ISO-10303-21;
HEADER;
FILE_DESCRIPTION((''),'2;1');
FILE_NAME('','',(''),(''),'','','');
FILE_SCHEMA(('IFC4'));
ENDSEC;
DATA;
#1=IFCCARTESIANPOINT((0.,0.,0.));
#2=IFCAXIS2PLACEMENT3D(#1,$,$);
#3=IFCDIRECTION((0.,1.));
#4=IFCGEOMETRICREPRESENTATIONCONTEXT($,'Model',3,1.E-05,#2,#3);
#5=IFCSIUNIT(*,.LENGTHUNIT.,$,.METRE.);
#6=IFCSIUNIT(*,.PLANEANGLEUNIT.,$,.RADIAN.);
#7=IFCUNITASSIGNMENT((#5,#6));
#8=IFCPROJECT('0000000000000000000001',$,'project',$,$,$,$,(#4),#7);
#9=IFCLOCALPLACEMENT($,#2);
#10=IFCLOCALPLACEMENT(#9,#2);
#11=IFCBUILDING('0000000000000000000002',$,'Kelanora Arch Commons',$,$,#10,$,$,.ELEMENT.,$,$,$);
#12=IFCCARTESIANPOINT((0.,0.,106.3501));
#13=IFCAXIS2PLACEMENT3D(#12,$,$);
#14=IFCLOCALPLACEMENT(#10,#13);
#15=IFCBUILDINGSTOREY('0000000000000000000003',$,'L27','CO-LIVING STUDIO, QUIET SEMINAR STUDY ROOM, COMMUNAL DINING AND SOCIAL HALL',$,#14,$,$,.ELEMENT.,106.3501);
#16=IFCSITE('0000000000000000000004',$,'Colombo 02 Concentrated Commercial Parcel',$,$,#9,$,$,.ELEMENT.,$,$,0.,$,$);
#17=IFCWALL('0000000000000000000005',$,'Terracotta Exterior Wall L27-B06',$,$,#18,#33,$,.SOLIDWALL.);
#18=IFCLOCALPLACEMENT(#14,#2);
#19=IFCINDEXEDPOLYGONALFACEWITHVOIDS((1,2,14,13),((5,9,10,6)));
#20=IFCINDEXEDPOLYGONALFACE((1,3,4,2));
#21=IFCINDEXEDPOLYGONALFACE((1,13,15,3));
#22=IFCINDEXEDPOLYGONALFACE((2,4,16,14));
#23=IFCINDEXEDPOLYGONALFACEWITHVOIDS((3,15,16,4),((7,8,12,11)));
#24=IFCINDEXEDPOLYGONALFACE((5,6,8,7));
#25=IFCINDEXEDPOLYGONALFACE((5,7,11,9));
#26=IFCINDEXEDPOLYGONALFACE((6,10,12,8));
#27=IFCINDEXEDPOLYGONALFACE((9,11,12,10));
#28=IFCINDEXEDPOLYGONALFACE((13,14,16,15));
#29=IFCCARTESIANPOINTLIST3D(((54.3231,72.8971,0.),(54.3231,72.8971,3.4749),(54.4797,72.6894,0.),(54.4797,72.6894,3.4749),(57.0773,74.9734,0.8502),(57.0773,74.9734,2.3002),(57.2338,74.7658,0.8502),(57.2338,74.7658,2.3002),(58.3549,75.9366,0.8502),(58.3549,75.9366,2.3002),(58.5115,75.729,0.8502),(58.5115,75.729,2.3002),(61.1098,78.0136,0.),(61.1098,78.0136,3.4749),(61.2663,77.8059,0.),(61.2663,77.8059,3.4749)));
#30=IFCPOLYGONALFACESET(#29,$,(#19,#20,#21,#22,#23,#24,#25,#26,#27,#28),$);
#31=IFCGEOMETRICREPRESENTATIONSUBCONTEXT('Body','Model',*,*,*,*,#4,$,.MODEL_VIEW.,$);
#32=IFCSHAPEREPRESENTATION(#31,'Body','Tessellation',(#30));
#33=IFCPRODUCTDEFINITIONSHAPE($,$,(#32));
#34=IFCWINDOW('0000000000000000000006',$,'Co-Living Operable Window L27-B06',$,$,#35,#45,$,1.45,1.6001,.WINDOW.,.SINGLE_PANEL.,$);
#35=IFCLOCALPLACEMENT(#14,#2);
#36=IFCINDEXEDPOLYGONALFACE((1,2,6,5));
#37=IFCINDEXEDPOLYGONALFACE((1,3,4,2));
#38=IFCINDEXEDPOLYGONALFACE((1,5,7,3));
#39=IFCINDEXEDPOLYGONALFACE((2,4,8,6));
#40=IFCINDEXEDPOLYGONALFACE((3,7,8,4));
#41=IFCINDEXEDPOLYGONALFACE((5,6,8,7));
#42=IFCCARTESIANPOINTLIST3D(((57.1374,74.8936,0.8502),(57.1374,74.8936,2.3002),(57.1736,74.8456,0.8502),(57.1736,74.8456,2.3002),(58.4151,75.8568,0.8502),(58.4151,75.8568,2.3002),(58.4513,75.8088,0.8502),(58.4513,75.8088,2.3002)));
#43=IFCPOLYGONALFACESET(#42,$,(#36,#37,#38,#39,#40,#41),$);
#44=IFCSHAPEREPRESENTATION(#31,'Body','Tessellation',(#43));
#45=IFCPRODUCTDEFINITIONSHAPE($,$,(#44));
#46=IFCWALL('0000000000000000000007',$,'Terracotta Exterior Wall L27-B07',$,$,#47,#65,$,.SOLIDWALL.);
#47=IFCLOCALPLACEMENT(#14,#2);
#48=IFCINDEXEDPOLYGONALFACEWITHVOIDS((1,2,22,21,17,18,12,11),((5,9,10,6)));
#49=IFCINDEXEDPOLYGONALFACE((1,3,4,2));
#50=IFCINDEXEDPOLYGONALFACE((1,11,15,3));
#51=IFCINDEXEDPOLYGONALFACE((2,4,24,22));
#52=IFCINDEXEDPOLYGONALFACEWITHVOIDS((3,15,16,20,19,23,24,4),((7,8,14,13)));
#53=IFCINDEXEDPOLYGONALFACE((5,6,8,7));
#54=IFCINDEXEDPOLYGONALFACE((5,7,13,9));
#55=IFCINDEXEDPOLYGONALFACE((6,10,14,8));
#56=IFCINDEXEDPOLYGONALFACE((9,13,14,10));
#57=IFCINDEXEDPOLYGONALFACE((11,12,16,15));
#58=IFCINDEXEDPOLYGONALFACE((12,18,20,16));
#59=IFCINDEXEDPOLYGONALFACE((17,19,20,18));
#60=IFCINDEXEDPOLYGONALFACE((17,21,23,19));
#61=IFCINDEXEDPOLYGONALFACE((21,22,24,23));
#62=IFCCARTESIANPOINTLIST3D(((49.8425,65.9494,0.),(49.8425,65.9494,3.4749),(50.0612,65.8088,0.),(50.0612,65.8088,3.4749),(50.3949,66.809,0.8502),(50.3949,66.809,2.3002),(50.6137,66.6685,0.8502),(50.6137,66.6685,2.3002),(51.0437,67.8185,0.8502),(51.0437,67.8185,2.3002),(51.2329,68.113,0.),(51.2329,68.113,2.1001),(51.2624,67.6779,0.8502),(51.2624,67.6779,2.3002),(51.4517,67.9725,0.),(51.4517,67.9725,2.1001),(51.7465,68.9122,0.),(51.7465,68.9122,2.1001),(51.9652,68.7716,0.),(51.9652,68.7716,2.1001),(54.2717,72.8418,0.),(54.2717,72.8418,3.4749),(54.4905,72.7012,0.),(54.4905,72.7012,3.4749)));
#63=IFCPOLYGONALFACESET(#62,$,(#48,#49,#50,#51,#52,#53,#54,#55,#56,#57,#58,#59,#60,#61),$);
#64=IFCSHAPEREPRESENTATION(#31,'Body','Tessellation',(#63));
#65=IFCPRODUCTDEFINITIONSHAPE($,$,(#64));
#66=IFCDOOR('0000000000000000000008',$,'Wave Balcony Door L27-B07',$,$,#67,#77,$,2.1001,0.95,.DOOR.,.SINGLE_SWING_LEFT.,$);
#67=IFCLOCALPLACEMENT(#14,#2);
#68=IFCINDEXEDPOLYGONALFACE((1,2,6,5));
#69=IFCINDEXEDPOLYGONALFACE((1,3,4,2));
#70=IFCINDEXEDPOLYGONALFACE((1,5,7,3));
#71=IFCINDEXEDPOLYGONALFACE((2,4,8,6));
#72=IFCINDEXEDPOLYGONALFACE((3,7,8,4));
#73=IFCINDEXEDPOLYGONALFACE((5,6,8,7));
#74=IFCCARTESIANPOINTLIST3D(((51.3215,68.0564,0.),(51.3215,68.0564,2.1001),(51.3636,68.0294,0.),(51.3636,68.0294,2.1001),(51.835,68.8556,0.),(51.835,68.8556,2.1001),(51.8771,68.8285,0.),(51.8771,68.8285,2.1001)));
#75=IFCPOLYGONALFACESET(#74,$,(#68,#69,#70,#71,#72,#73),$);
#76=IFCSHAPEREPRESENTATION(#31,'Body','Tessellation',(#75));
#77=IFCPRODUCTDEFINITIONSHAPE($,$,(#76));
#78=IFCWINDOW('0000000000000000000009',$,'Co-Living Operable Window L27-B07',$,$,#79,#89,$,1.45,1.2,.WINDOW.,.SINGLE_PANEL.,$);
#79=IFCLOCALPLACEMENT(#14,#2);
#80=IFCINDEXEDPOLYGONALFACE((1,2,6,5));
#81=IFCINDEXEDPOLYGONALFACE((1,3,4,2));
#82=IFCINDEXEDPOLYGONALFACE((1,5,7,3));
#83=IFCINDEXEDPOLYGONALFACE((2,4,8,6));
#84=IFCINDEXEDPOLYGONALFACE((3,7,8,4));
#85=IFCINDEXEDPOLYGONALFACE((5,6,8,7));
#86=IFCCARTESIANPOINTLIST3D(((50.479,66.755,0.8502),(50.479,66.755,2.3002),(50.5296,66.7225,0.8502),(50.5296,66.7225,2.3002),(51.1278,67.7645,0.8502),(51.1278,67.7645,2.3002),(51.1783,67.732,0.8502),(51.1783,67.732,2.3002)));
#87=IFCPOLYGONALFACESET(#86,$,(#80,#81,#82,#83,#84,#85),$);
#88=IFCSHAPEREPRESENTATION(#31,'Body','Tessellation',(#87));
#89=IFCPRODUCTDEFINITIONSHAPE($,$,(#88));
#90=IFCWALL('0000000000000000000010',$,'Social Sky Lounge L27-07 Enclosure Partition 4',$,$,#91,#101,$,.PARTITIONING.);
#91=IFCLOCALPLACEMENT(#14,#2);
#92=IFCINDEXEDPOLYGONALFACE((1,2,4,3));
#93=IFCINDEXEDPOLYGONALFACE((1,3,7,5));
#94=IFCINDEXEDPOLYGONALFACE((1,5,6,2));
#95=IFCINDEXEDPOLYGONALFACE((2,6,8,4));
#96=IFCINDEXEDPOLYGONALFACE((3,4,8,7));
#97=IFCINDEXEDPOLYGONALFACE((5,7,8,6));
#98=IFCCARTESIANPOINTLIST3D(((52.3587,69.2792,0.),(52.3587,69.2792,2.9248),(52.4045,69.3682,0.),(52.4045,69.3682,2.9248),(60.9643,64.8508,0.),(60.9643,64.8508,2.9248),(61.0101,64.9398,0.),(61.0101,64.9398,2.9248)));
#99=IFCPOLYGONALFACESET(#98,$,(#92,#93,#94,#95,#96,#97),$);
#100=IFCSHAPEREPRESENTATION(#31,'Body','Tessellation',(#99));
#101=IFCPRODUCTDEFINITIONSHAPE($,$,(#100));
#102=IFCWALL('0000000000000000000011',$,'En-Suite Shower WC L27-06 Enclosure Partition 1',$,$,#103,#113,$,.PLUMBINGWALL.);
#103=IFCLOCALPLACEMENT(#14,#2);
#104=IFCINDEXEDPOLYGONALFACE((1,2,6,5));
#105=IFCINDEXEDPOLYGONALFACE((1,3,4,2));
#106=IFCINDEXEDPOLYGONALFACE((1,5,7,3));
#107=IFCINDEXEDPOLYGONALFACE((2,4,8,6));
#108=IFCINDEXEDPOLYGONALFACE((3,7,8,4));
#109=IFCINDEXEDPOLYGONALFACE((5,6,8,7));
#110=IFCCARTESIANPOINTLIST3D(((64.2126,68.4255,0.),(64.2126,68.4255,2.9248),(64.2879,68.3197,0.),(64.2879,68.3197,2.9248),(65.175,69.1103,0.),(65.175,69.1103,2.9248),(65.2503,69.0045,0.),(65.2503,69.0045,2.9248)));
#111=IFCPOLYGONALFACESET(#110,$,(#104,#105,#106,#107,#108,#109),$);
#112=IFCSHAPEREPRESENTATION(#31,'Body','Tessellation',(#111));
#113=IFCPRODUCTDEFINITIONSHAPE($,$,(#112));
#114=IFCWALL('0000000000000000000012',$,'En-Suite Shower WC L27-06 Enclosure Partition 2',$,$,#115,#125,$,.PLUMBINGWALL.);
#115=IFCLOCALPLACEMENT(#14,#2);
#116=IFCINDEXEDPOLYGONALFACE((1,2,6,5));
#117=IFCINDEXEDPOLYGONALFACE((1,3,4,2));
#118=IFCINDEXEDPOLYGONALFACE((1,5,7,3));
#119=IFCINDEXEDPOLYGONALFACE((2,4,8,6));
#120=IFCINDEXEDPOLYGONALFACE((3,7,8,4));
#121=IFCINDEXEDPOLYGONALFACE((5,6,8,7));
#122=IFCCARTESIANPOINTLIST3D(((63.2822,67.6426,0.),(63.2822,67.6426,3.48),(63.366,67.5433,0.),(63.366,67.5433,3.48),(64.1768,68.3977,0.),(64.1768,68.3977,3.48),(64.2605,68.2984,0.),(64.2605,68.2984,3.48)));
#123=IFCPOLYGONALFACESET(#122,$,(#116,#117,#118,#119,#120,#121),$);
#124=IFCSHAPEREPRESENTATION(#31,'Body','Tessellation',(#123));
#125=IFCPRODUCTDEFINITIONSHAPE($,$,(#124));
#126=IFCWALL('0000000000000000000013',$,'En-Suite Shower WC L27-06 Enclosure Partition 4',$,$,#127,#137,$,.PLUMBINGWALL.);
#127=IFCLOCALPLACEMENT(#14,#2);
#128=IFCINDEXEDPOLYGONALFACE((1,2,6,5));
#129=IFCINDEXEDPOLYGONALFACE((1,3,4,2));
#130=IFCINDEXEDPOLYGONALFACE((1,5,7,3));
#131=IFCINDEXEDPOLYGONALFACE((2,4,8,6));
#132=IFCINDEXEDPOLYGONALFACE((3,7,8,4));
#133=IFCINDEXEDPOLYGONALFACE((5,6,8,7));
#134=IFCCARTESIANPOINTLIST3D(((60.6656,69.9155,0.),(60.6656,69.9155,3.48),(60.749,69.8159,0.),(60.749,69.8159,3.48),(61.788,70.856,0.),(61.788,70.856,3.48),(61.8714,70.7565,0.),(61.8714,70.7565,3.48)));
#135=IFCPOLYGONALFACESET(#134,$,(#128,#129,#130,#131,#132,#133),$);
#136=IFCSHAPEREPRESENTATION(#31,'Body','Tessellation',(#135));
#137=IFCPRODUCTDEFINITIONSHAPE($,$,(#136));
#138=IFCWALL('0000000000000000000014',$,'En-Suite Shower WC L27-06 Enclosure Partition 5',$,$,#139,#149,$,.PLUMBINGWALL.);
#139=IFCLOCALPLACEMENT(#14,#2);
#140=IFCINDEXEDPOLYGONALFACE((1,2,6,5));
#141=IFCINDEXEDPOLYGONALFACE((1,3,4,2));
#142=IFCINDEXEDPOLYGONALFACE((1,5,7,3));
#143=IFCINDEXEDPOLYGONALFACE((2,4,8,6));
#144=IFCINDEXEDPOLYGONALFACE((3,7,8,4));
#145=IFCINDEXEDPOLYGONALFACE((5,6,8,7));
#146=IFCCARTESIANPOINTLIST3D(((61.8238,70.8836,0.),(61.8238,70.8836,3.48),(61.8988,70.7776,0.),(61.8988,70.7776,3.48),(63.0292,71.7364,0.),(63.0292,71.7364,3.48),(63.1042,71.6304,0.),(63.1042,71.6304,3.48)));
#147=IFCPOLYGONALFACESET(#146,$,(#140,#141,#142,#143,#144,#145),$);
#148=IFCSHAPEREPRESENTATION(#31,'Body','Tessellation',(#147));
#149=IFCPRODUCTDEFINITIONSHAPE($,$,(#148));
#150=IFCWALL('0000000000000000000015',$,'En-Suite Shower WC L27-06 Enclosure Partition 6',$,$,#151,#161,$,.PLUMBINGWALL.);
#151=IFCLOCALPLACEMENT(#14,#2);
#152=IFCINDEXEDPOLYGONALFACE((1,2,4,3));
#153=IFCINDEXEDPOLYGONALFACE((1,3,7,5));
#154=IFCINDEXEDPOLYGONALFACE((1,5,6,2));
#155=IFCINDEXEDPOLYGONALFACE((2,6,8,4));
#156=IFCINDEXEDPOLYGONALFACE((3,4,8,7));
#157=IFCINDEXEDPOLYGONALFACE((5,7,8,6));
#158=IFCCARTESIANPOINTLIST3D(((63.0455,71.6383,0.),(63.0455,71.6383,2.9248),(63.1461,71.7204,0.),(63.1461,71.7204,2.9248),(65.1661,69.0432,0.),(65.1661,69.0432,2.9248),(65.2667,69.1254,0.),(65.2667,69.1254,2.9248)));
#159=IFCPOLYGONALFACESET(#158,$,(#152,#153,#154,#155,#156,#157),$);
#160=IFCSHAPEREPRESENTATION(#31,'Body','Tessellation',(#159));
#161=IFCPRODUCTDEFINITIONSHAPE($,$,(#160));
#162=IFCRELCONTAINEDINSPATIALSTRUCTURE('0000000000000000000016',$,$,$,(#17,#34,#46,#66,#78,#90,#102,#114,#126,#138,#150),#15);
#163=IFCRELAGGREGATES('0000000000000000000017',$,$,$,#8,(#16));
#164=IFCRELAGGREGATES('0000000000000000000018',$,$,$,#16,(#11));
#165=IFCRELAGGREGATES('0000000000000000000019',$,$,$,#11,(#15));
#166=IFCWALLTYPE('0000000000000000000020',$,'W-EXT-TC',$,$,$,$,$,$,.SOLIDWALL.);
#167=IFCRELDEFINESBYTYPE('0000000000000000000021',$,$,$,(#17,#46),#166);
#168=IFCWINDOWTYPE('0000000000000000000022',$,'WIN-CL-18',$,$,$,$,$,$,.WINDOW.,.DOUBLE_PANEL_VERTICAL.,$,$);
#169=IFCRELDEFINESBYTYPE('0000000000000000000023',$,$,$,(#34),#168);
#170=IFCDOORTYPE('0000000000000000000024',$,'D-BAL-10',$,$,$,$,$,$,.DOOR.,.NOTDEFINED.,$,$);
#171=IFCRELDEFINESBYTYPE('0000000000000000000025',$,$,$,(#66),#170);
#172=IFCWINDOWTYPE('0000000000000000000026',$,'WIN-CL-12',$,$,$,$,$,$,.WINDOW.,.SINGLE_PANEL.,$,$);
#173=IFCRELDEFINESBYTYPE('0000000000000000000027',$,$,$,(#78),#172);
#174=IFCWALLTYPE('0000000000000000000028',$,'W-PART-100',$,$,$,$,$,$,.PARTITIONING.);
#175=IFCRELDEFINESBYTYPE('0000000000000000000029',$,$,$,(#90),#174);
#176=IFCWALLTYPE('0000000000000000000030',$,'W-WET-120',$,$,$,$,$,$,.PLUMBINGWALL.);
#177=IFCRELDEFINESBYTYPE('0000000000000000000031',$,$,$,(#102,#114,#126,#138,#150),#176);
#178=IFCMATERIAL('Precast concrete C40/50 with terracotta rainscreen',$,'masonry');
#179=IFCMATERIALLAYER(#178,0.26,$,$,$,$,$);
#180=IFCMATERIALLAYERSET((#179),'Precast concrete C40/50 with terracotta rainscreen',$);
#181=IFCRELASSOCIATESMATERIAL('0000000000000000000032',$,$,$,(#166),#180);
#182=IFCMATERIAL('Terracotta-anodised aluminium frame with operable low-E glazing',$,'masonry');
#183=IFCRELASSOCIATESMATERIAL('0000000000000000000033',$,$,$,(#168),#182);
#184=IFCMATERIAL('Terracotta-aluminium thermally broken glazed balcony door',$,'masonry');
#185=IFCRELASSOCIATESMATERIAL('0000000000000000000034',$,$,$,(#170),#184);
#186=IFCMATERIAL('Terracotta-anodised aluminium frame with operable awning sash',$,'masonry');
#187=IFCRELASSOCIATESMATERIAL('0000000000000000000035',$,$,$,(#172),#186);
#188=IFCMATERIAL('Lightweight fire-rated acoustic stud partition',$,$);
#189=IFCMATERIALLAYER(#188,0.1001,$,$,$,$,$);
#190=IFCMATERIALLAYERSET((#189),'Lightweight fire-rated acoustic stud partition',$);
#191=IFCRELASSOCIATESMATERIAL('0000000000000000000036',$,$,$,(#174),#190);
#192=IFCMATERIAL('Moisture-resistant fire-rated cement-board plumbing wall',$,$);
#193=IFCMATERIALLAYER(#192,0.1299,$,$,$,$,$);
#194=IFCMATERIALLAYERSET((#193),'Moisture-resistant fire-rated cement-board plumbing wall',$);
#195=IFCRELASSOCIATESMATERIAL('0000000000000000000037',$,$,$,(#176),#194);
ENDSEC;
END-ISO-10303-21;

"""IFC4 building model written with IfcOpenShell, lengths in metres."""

from ifc_helpers import new_model, si_unit, direction, frame, frame_2d, origin, place, context, subcontext, project, spatial, rectangle, extrude, material, layer, layer_set, type_object, element, fill, save


model = new_model("IFC4")

# Units and contexts
model_context = context("Model", 3, precision=1e-05, world=origin(), true_north=direction((0.0, 1.0)))
body_context = subcontext(model_context, "Body", "Model", "MODEL_VIEW")
ifc_project = project(units=[si_unit("LENGTHUNIT", "METRE"), si_unit("PLANEANGLEUNIT", "RADIAN")], contexts=[model_context])

# Site, building, storey
site_placement = place(None, origin())
site = spatial("IfcSite", under=ifc_project, at=site_placement, Name="Colombo 02 Concentrated Commercial Parcel", CompositionType="ELEMENT", RefElevation=0.0)
building_placement = place(site_placement, origin())
building = spatial("IfcBuilding", under=site, at=building_placement, Name="Kelanora Arch Commons", CompositionType="ELEMENT")
storey_placement = place(building_placement, frame((0.0, 0.0, 106.3501)))
storey = spatial("IfcBuildingStorey", under=building, at=storey_placement, Name="L27", Description="CO-LIVING STUDIO, QUIET SEMINAR STUDY ROOM, COMMUNAL DINING AND SOCIAL HALL", CompositionType="ELEMENT", Elevation=106.3501)

# Wall, opening, window
ifc_material_1 = material(Name="Precast concrete C40/50 with terracotta rainscreen", Category="masonry")
ifc_layer_1 = layer(ifc_material_1, 0.26)
ifc_layer_set_1 = layer_set([ifc_layer_1], Name="Precast concrete C40/50 with terracotta rainscreen")
wall_type_1 = type_object("IfcWallType", Name="W-EXT-TC", PredefinedType="SOLIDWALL", material=ifc_layer_set_1)
wall_1_placement = place(storey_placement, frame((61.188, 77.9097, 0.0), z_axis=(0.0, 0.0, 1.0), x_axis=(-0.798502, -0.601993, 0.0)))
wall_1 = element("IfcWall", 1, at=wall_1_placement, inside=storey, type_object=wall_type_1, Name="Terracotta Exterior Wall L27-B06", PredefinedType="SOLIDWALL", context=body_context, shape_type="SweptSolid", body=[
    extrude(rectangle(XDim=8.4993, YDim=0.26, at=frame_2d((4.2495, 0.0))), origin(), (0.0, 0.0, 1.0), 3.4749),
])
opening_1_placement = place(wall_1_placement, frame((3.45, 0.0, 0.8501)))
opening_1 = element("IfcOpeningElement", 2, at=opening_1_placement, cuts=wall_1, PredefinedType="OPENING", context=body_context, shape_type="SweptSolid", body=[
    extrude(rectangle(XDim=1.6001, YDim=1.45, at=frame_2d((0.8, 0.7251))), frame((0.0, 0.1401, 0.0), z_axis=(0.0, -1.0, 0.0), x_axis=(1.0, 0.0, 0.0)), (0.0, 0.0, 1.0), 0.28),
])
ifc_material_2 = material(Name="Terracotta-anodised aluminium frame with operable low-E glazing", Category="masonry")
window_type_1 = type_object("IfcWindowType", Name="WIN-CL-18", PartitioningType="DOUBLE_PANEL_VERTICAL", PredefinedType="WINDOW", material=ifc_material_2)
window_1_placement = place(opening_1_placement, origin())
window_1 = element("IfcWindow", 3, at=window_1_placement, inside=storey, type_object=window_type_1, Name="Co-Living Operable Window L27-B06", OverallHeight=1.45, OverallWidth=1.6001, PartitioningType="SINGLE_PANEL", PredefinedType="WINDOW", context=body_context, shape_type="SweptSolid", body=[
    extrude(rectangle(XDim=1.6001, YDim=1.45, at=frame_2d((0.8, 0.7251))), frame((0.0, 0.03, 0.0), z_axis=(0.0, -1.0, 0.0), x_axis=(1.0, 0.0, 0.0)), (0.0, 0.0, 1.0), 0.0601),
])
fill(opening_1, window_1)

# Wall, openings, door, window
wall_2_placement = place(storey_placement, frame((54.3811, 72.7715, 0.0), z_axis=(0.0, 0.0, 1.0), x_axis=(-0.540621, -0.841267, 0.0)))
wall_2 = element("IfcWall", 4, at=wall_2_placement, inside=storey, type_object=wall_type_1, Name="Terracotta Exterior Wall L27-B07", PredefinedType="SOLIDWALL", context=body_context, shape_type="SweptSolid", body=[
    extrude(rectangle(XDim=8.1929, YDim=0.26, at=frame_2d((4.0964, 0.0))), origin(), (0.0, 0.0, 1.0), 3.4749),
])
opening_2_placement = place(wall_2_placement, frame((4.6709, 0.0, 0.0)))
opening_2 = element("IfcOpeningElement", 5, at=opening_2_placement, cuts=wall_2, PredefinedType="OPENING", context=body_context, shape_type="SweptSolid", body=[
    extrude(rectangle(XDim=0.95, YDim=2.1001, at=frame_2d((0.4751, 1.05))), frame((0.0, 0.1401, 0.0), z_axis=(0.0, -1.0, 0.0), x_axis=(1.0, 0.0, 0.0)), (0.0, 0.0, 1.0), 0.28),
])
opening_3_placement = place(wall_2_placement, frame((5.9709, 0.0, 0.8501)))
opening_3 = element("IfcOpeningElement", 6, at=opening_3_placement, cuts=wall_2, PredefinedType="OPENING", context=body_context, shape_type="SweptSolid", body=[
    extrude(rectangle(XDim=1.2, YDim=1.45, at=frame_2d((0.6001, 0.7251))), frame((0.0, 0.1401, 0.0), z_axis=(0.0, -1.0, 0.0), x_axis=(1.0, 0.0, 0.0)), (0.0, 0.0, 1.0), 0.28),
])
ifc_material_3 = material(Name="Terracotta-aluminium thermally broken glazed balcony door", Category="masonry")
door_type = type_object("IfcDoorType", Name="D-BAL-10", OperationType="NOTDEFINED", PredefinedType="DOOR", material=ifc_material_3)
door_placement = place(opening_2_placement, frame((0.95, 0.0, 0.0), z_axis=(0.0, 0.0, 1.0), x_axis=(-1.0, 0.0, 0.0)))
door = element("IfcDoor", 7, at=door_placement, inside=storey, type_object=door_type, Name="Wave Balcony Door L27-B07", OperationType="SINGLE_SWING_LEFT", OverallHeight=2.1001, OverallWidth=0.95, PredefinedType="DOOR", context=body_context, shape_type="SweptSolid", body=[
    extrude(rectangle(XDim=0.95, YDim=2.1001, at=frame_2d((0.4751, 1.05))), frame((0.0, 0.0249, 0.0), z_axis=(0.0, -1.0, 0.0), x_axis=(1.0, 0.0, 0.0)), (0.0, 0.0, 1.0), 0.05),
])
fill(opening_2, door)
ifc_material_4 = material(Name="Terracotta-anodised aluminium frame with operable awning sash", Category="masonry")
window_type_2 = type_object("IfcWindowType", Name="WIN-CL-12", PartitioningType="SINGLE_PANEL", PredefinedType="WINDOW", material=ifc_material_4)
window_2_placement = place(opening_3_placement, origin())
window_2 = element("IfcWindow", 8, at=window_2_placement, inside=storey, type_object=window_type_2, Name="Co-Living Operable Window L27-B07", OverallHeight=1.45, OverallWidth=1.2, PartitioningType="SINGLE_PANEL", PredefinedType="WINDOW", context=body_context, shape_type="SweptSolid", body=[
    extrude(rectangle(XDim=1.2, YDim=1.45, at=frame_2d((0.6001, 0.7251))), frame((0.0, 0.03, 0.0), z_axis=(0.0, -1.0, 0.0), x_axis=(1.0, 0.0, 0.0)), (0.0, 0.0, 1.0), 0.0601),
])
fill(opening_3, window_2)

# Walls
ifc_material_5 = material(Name="Lightweight fire-rated acoustic stud partition")
ifc_layer_2 = layer(ifc_material_5, 0.1001)
ifc_layer_set_2 = layer_set([ifc_layer_2], Name="Lightweight fire-rated acoustic stud partition")
wall_type_2 = type_object("IfcWallType", Name="W-PART-100", PredefinedType="PARTITIONING", material=ifc_layer_set_2)
wall_3_placement = place(storey_placement, frame((52.3816, 69.3237, 0.0), z_axis=(0.0, 0.0, 1.0), x_axis=(0.889176, -0.457566, 0.0)))
element("IfcWall", 9, at=wall_3_placement, inside=storey, type_object=wall_type_2, Name="Social Sky Lounge L27-07 Enclosure Partition 4", PredefinedType="PARTITIONING", context=body_context, shape_type="SweptSolid", body=[
    extrude(rectangle(XDim=9.6782, YDim=0.1001, at=frame_2d((4.8391, 0.0))), origin(), (0.0, 0.0, 1.0), 2.9248),
])
ifc_material_6 = material(Name="Moisture-resistant fire-rated cement-board plumbing wall")
ifc_layer_3 = layer(ifc_material_6, 0.1299)
ifc_layer_set_3 = layer_set([ifc_layer_3], Name="Moisture-resistant fire-rated cement-board plumbing wall")
wall_type_3 = type_object("IfcWallType", Name="W-WET-120", PredefinedType="PLUMBINGWALL", material=ifc_layer_set_3)
wall_4_placement = place(storey_placement, frame((65.2126, 69.0574, 0.0), z_axis=(0.0, 0.0, 1.0), x_axis=(-0.81478, -0.579771, 0.0)))
element("IfcWall", 10, at=wall_4_placement, inside=storey, type_object=wall_type_3, Name="En-Suite Shower WC L27-06 Enclosure Partition 1", PredefinedType="PLUMBINGWALL", context=body_context, shape_type="SweptSolid", body=[
    extrude(rectangle(XDim=1.1812, YDim=0.1299, at=frame_2d((0.5906, 0.0))), origin(), (0.0, 0.0, 1.0), 2.9248),
])
wall_5_placement = place(storey_placement, frame((64.2188, 68.3481, 0.0), z_axis=(0.0, 0.0, 1.0), x_axis=(-0.764137, -0.645054, 0.0)))
element("IfcWall", 11, at=wall_5_placement, inside=storey, type_object=wall_type_3, Name="En-Suite Shower WC L27-06 Enclosure Partition 2", PredefinedType="PLUMBINGWALL", context=body_context, shape_type="SweptSolid", body=[
    extrude(rectangle(XDim=1.1707, YDim=0.1299, at=frame_2d((0.5854, 0.0))), origin(), (0.0, 0.0, 1.0), 3.48),
])
wall_6_placement = place(storey_placement, frame((60.7073, 69.8657, 0.0), z_axis=(0.0, 0.0, 1.0), x_axis=(0.766483, 0.642265, 0.0)))
element("IfcWall", 12, at=wall_6_placement, inside=storey, type_object=wall_type_3, Name="En-Suite Shower WC L27-06 Enclosure Partition 4", PredefinedType="PLUMBINGWALL", context=body_context, shape_type="SweptSolid", body=[
    extrude(rectangle(XDim=1.4644, YDim=0.1299, at=frame_2d((0.7322, 0.0))), origin(), (0.0, 0.0, 1.0), 3.48),
])
wall_7_placement = place(storey_placement, frame((61.8613, 70.8306, 0.0), z_axis=(0.0, 0.0, 1.0), x_axis=(0.81634, 0.577572, 0.0)))
element("IfcWall", 13, at=wall_7_placement, inside=storey, type_object=wall_type_3, Name="En-Suite Shower WC L27-06 Enclosure Partition 5", PredefinedType="PLUMBINGWALL", context=body_context, shape_type="SweptSolid", body=[
    extrude(rectangle(XDim=1.4766, YDim=0.1299, at=frame_2d((0.7383, 0.0))), origin(), (0.0, 0.0, 1.0), 3.48),
])
wall_8_placement = place(storey_placement, frame((63.0957, 71.6794, 0.0), z_axis=(0.0, 0.0, 1.0), x_axis=(0.632781, -0.77433, 0.0)))
element("IfcWall", 14, at=wall_8_placement, inside=storey, type_object=wall_type_3, Name="En-Suite Shower WC L27-06 Enclosure Partition 6", PredefinedType="PLUMBINGWALL", context=body_context, shape_type="SweptSolid", body=[
    extrude(rectangle(XDim=3.3513, YDim=0.1299, at=frame_2d((1.6758, 0.0))), origin(), (0.0, 0.0, 1.0), 2.9248),
])

save(model, "model.ifc")
